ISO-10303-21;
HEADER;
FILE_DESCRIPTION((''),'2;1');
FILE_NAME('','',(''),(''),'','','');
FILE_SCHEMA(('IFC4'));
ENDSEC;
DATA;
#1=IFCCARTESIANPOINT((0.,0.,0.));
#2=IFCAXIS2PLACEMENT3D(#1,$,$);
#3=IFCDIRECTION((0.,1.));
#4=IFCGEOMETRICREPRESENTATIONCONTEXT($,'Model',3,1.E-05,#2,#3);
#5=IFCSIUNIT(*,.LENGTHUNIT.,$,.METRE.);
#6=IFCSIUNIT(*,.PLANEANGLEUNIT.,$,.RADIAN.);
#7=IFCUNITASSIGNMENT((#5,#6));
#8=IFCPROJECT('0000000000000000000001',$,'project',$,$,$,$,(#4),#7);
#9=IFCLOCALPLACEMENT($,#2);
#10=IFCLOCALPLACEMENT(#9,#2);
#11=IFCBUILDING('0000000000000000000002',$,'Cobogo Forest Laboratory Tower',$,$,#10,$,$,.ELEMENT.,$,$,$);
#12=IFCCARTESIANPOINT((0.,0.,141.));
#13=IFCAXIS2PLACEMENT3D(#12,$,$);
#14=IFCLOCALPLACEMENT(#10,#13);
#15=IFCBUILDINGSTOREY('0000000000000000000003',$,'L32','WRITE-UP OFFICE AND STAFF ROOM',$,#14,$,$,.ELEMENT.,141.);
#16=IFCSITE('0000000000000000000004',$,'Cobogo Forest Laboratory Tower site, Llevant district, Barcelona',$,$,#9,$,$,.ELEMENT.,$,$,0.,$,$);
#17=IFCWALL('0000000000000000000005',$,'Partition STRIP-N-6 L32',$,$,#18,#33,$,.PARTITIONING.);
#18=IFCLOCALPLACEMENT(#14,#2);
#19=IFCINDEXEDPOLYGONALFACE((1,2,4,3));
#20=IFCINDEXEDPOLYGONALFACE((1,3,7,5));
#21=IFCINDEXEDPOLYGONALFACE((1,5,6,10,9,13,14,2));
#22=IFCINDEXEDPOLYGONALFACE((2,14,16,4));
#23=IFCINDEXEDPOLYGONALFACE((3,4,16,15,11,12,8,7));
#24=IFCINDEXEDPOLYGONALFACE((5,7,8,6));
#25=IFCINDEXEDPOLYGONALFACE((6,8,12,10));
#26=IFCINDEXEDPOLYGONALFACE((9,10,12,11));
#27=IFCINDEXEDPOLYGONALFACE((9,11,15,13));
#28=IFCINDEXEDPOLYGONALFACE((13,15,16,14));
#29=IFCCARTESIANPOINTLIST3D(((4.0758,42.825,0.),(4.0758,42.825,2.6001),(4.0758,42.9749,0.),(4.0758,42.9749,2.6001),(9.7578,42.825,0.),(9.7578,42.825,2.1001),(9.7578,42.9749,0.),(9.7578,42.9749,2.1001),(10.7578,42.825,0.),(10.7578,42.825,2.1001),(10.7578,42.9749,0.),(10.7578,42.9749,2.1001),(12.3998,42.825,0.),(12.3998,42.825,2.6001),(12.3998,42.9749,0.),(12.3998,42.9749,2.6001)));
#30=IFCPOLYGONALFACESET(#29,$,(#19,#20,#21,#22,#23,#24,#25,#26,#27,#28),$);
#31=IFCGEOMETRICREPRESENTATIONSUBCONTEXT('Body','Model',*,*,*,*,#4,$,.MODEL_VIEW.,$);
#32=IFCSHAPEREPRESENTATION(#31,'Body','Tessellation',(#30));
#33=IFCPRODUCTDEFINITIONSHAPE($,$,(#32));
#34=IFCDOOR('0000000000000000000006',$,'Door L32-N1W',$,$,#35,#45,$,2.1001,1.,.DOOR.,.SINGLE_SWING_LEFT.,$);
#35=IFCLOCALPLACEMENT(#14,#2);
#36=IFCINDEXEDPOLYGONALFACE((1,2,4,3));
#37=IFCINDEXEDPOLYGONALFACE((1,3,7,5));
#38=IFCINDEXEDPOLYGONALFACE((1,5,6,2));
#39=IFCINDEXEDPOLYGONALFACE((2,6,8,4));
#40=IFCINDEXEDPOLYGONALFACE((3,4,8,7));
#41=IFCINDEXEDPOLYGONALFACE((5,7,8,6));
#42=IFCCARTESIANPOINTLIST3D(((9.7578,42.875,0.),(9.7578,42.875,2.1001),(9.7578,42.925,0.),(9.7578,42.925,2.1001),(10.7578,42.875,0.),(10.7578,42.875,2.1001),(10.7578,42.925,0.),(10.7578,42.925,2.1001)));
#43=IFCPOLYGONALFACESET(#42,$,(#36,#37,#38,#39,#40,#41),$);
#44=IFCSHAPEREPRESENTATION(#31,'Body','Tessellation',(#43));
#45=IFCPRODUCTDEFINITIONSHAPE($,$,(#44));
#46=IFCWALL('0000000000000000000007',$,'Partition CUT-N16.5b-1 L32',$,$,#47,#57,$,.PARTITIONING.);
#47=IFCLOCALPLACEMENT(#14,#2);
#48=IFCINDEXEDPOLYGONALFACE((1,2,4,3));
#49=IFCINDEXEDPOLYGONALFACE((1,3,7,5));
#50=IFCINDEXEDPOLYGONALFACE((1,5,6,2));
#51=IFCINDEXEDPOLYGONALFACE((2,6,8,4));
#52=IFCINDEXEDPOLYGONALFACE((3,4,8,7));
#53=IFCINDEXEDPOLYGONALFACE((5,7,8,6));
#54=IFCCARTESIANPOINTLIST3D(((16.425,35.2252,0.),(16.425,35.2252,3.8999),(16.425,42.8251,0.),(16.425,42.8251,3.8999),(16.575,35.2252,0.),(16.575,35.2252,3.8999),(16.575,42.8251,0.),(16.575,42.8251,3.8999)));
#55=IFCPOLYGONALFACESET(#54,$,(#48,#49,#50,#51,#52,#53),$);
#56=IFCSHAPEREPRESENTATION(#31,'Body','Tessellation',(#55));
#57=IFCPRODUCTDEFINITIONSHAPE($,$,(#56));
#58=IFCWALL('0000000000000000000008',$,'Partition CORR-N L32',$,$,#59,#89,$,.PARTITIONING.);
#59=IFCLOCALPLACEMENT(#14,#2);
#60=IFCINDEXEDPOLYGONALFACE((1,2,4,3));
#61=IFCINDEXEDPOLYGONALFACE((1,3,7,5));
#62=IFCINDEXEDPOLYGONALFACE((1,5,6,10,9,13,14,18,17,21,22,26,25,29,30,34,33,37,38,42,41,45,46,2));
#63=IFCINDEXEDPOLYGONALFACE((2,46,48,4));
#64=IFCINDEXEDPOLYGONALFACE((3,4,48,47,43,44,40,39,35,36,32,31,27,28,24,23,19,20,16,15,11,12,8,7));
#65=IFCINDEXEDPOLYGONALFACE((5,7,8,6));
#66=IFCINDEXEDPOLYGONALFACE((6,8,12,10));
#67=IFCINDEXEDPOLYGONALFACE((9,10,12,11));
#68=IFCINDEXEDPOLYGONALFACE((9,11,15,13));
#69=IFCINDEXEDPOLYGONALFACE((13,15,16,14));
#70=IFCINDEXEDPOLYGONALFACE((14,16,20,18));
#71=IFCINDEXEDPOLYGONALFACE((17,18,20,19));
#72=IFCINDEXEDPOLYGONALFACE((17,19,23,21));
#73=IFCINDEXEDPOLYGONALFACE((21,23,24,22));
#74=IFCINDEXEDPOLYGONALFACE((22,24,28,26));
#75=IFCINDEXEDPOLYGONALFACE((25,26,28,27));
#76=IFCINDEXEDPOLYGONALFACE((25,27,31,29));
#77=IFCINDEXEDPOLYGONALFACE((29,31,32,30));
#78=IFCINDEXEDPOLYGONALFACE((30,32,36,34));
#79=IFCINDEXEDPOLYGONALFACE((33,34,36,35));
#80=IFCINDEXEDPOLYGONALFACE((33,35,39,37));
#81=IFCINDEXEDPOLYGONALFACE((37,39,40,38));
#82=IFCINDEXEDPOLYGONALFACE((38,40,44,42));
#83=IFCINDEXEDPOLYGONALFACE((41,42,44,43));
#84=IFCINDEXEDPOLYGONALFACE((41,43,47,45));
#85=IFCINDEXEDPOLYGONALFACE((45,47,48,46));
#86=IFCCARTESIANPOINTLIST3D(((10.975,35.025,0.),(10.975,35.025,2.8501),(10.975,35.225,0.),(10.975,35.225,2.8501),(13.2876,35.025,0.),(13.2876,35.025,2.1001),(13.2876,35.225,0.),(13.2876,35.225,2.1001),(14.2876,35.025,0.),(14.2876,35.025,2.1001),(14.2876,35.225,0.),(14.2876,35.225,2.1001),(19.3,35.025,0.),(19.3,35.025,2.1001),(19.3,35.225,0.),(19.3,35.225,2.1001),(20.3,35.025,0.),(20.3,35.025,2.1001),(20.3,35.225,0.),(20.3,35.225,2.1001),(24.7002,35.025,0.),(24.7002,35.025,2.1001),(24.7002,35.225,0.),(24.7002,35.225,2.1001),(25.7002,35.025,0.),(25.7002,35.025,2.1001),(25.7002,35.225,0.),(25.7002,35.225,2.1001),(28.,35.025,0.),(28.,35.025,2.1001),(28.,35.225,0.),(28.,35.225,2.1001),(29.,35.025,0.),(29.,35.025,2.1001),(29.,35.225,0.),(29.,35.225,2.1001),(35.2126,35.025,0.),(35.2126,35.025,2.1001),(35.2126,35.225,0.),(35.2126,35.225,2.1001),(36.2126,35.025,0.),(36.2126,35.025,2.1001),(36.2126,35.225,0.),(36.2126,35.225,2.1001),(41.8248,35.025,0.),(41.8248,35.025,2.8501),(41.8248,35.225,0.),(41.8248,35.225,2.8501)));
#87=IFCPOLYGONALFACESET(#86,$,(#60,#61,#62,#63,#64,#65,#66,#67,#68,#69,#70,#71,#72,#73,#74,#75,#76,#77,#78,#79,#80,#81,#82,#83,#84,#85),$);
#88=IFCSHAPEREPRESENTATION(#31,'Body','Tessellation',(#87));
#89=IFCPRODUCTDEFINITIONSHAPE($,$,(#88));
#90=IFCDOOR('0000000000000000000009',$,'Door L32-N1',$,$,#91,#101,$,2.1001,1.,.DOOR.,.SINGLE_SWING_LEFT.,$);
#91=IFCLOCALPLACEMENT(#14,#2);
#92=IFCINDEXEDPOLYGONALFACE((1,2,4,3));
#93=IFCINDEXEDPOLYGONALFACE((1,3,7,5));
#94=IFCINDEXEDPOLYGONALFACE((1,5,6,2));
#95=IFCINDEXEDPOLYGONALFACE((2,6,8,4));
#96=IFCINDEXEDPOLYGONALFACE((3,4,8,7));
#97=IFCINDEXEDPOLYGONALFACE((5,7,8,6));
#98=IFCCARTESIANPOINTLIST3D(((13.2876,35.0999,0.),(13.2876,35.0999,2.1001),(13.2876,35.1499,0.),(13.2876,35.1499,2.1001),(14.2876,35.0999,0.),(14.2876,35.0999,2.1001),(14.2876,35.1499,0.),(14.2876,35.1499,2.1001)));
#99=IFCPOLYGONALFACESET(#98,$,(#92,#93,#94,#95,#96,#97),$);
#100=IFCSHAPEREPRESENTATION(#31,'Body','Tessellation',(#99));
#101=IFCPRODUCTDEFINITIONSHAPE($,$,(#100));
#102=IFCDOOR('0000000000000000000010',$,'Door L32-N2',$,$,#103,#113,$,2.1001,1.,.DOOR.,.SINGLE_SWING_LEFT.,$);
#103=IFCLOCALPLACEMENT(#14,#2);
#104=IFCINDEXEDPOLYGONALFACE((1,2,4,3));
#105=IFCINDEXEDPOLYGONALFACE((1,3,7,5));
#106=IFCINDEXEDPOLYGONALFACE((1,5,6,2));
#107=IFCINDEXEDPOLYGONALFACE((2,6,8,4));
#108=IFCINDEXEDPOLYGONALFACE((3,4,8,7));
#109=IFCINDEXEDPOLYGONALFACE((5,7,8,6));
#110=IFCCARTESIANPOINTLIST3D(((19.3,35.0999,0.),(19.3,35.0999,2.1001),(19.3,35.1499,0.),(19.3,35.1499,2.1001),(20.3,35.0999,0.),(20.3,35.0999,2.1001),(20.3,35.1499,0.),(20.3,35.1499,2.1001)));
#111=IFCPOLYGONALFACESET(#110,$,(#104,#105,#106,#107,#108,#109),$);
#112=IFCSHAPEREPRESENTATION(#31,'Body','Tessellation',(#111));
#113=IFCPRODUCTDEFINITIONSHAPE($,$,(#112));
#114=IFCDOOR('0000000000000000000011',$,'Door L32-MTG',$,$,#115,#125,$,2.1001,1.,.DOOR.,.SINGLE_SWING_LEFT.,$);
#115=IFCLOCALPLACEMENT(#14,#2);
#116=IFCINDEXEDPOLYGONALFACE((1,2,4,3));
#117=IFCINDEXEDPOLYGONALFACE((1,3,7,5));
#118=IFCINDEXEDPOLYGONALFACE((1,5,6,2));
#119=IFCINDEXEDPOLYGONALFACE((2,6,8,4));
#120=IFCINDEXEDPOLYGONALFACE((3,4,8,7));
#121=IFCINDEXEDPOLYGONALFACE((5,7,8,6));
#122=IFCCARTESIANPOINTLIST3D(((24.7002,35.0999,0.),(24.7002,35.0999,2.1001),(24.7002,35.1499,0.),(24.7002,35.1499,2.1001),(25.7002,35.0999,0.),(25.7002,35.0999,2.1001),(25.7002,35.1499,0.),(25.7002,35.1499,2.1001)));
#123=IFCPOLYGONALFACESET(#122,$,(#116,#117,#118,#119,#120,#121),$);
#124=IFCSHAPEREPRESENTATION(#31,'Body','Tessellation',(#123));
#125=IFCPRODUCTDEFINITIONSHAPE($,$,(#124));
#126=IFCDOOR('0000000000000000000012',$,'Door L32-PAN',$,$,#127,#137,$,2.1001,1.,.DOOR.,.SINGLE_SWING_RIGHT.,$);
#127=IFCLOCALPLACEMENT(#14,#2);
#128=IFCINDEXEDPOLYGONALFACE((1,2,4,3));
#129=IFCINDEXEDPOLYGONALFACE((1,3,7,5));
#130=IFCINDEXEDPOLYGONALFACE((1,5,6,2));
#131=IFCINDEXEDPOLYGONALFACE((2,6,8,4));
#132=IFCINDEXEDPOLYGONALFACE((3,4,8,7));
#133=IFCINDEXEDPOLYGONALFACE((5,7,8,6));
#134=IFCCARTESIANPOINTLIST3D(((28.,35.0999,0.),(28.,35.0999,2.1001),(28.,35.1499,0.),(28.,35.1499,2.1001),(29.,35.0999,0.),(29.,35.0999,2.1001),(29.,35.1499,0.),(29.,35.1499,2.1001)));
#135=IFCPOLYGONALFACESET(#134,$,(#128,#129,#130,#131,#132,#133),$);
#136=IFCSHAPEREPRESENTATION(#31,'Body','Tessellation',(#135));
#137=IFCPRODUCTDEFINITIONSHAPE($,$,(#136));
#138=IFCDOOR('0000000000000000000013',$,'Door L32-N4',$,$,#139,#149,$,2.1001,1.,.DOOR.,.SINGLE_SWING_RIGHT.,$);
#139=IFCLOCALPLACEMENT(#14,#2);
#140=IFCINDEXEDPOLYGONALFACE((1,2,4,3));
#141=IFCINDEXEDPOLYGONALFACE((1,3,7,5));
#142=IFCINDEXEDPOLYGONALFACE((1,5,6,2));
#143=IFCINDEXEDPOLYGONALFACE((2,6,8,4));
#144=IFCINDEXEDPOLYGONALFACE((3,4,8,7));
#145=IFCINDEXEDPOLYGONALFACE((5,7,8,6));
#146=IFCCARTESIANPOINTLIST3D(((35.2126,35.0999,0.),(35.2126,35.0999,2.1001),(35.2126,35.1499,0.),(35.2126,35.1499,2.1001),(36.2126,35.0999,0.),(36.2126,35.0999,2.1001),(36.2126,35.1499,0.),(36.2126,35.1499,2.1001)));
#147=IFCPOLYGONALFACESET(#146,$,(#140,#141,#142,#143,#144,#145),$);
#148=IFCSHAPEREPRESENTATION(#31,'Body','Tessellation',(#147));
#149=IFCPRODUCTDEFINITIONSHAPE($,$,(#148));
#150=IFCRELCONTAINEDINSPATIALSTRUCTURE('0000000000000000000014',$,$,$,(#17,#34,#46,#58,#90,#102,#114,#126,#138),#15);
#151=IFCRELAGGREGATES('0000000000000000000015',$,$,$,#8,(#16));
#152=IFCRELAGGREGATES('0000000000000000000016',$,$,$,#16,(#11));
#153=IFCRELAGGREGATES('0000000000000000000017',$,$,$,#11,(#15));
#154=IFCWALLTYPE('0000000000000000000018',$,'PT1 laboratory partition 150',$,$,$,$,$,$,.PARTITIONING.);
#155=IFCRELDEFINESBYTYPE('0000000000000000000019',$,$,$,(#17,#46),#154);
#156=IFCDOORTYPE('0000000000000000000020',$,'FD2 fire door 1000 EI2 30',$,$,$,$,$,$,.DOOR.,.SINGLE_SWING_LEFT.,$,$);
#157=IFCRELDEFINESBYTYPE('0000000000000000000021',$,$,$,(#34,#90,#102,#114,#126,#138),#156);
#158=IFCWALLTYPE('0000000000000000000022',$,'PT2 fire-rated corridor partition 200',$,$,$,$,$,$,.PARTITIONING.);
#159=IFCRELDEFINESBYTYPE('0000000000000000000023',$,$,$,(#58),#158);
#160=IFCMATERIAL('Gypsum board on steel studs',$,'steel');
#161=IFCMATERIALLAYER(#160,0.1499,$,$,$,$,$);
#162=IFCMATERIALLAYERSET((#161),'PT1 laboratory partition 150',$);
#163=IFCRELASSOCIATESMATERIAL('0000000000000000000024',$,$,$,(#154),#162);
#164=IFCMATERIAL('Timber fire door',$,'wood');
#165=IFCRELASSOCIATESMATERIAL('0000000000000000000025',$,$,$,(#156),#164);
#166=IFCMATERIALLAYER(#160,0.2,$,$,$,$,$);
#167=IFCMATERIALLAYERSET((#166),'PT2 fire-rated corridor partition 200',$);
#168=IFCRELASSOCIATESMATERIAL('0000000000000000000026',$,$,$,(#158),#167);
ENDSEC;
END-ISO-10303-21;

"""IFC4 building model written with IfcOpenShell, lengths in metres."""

from ifc_helpers import new_model, si_unit, direction, frame, frame_2d, origin, place, context, subcontext, project, spatial, rectangle, extrude, material, layer, layer_set, type_object, element, fill, save


model = new_model("IFC4")

# Units and contexts
model_context = context("Model", 3, precision=1e-05, world=origin(), true_north=direction((0.0, 1.0)))
body_context = subcontext(model_context, "Body", "Model", "MODEL_VIEW")
ifc_project = project(units=[si_unit("LENGTHUNIT", "METRE"), si_unit("PLANEANGLEUNIT", "RADIAN")], contexts=[model_context])

# Site, building, storey
site_placement = place(None, origin())
site = spatial("IfcSite", under=ifc_project, at=site_placement, Name="Cobogo Forest Laboratory Tower site, Llevant district, Barcelona", CompositionType="ELEMENT", RefElevation=0.0)
building_placement = place(site_placement, origin())
building = spatial("IfcBuilding", under=site, at=building_placement, Name="Cobogo Forest Laboratory Tower", CompositionType="ELEMENT")
storey_placement = place(building_placement, frame((0.0, 0.0, 141.0)))
storey = spatial("IfcBuildingStorey", under=building, at=storey_placement, Name="L32", Description="WRITE-UP OFFICE AND STAFF ROOM", CompositionType="ELEMENT", Elevation=141.0)

# Shared definitions
ifc_material_1 = material(Name="Gypsum board on steel studs", Category="steel")
ifc_layer_1 = layer(ifc_material_1, 0.1499)
ifc_layer_set_1 = layer_set([ifc_layer_1], Name="PT1 laboratory partition 150")
wall_type_1 = type_object("IfcWallType", Name="PT1 laboratory partition 150", PredefinedType="PARTITIONING", material=ifc_layer_set_1)

# Wall, opening, door
wall_1_placement = place(storey_placement, frame((12.3999, 42.8999, 0.0), z_axis=(0.0, 0.0, 1.0), x_axis=(-1.0, 0.0, 0.0)))
wall_1 = element("IfcWall", 1, at=wall_1_placement, inside=storey, type_object=wall_type_1, Name="Partition STRIP-N-6 L32", PredefinedType="PARTITIONING", context=body_context, shape_type="SweptSolid", body=[
    extrude(rectangle(XDim=8.324, YDim=0.1499, at=frame_2d((4.1621, 0.0))), origin(), (0.0, 0.0, 1.0), 2.6001),
])
opening_1_placement = place(wall_1_placement, frame((1.6421, 0.0, 0.0)))
opening_1 = element("IfcOpeningElement", 2, at=opening_1_placement, cuts=wall_1, PredefinedType="OPENING", context=body_context, shape_type="SweptSolid", body=[
    extrude(rectangle(XDim=1.0, YDim=2.1001, at=frame_2d((0.5, 1.05))), frame((0.0, 0.085, 0.0), z_axis=(0.0, -1.0, 0.0), x_axis=(1.0, 0.0, 0.0)), (0.0, 0.0, 1.0), 0.1699),
])
ifc_material_2 = material(Name="Timber fire door", Category="wood")
door_type = type_object("IfcDoorType", Name="FD2 fire door 1000 EI2 30", OperationType="SINGLE_SWING_LEFT", PredefinedType="DOOR", material=ifc_material_2)
door_1_placement = place(opening_1_placement, origin())
door_1 = element("IfcDoor", 3, at=door_1_placement, inside=storey, type_object=door_type, Name="Door L32-N1W", OperationType="SINGLE_SWING_LEFT", OverallHeight=2.1001, OverallWidth=1.0, PredefinedType="DOOR", context=body_context, shape_type="SweptSolid", body=[
    extrude(rectangle(XDim=1.0, YDim=2.1001, at=frame_2d((0.5, 1.05))), frame((0.0, 0.0249, 0.0), z_axis=(0.0, -1.0, 0.0), x_axis=(1.0, 0.0, 0.0)), (0.0, 0.0, 1.0), 0.05),
])
fill(opening_1, door_1)

# Wall
wall_2_placement = place(storey_placement, frame((16.5, 42.825, 0.0), z_axis=(0.0, 0.0, 1.0), x_axis=(0.0, -1.0, 0.0)))
element("IfcWall", 4, at=wall_2_placement, inside=storey, type_object=wall_type_1, Name="Partition CUT-N16.5b-1 L32", PredefinedType="PARTITIONING", context=body_context, shape_type="SweptSolid", body=[
    extrude(rectangle(XDim=7.5999, YDim=0.1499, at=frame_2d((3.7998, 0.0))), origin(), (0.0, 0.0, 1.0), 3.8999),
])

# Wall, openings, doors
ifc_layer_2 = layer(ifc_material_1, 0.2)
ifc_layer_set_2 = layer_set([ifc_layer_2], Name="PT2 fire-rated corridor partition 200")
wall_type_2 = type_object("IfcWallType", Name="PT2 fire-rated corridor partition 200", PredefinedType="PARTITIONING", material=ifc_layer_set_2)
wall_3_placement = place(storey_placement, frame((10.9751, 35.125, 0.0), z_axis=(0.0, 0.0, 1.0), x_axis=(1.0, 0.0, 0.0)))
wall_3 = element("IfcWall", 5, at=wall_3_placement, inside=storey, type_object=wall_type_2, Name="Partition CORR-N L32", PredefinedType="PARTITIONING", context=body_context, shape_type="SweptSolid", body=[
    extrude(rectangle(XDim=30.8499, YDim=0.2, at=frame_2d((15.4248, 0.0))), origin(), (0.0, 0.0, 1.0), 2.8501),
])
opening_2_placement = place(wall_3_placement, frame((2.3125, 0.0, 0.0)))
opening_2 = element("IfcOpeningElement", 6, at=opening_2_placement, cuts=wall_3, PredefinedType="OPENING", context=body_context, shape_type="SweptSolid", body=[
    extrude(rectangle(XDim=1.0, YDim=2.1001, at=frame_2d((0.5, 1.05))), frame((0.0, 0.1099, 0.0), z_axis=(0.0, -1.0, 0.0), x_axis=(1.0, 0.0, 0.0)), (0.0, 0.0, 1.0), 0.22),
])
opening_3_placement = place(wall_3_placement, frame((8.325, 0.0, 0.0)))
opening_3 = element("IfcOpeningElement", 7, at=opening_3_placement, cuts=wall_3, PredefinedType="OPENING", context=body_context, shape_type="SweptSolid", body=[
    extrude(rectangle(XDim=1.0, YDim=2.1001, at=frame_2d((0.5, 1.05))), frame((0.0, 0.1099, 0.0), z_axis=(0.0, -1.0, 0.0), x_axis=(1.0, 0.0, 0.0)), (0.0, 0.0, 1.0), 0.22),
])
opening_4_placement = place(wall_3_placement, frame((13.7251, 0.0, 0.0)))
opening_4 = element("IfcOpeningElement", 8, at=opening_4_placement, cuts=wall_3, PredefinedType="OPENING", context=body_context, shape_type="SweptSolid", body=[
    extrude(rectangle(XDim=1.0, YDim=2.1001, at=frame_2d((0.5, 1.05))), frame((0.0, 0.1099, 0.0), z_axis=(0.0, -1.0, 0.0), x_axis=(1.0, 0.0, 0.0)), (0.0, 0.0, 1.0), 0.22),
])
opening_5_placement = place(wall_3_placement, frame((17.0249, 0.0, 0.0)))
opening_5 = element("IfcOpeningElement", 9, at=opening_5_placement, cuts=wall_3, PredefinedType="OPENING", context=body_context, shape_type="SweptSolid", body=[
    extrude(rectangle(XDim=1.0, YDim=2.1001, at=frame_2d((0.5, 1.05))), frame((0.0, 0.1099, 0.0), z_axis=(0.0, -1.0, 0.0), x_axis=(1.0, 0.0, 0.0)), (0.0, 0.0, 1.0), 0.22),
])
opening_6_placement = place(wall_3_placement, frame((24.2375, 0.0, 0.0)))
opening_6 = element("IfcOpeningElement", 10, at=opening_6_placement, cuts=wall_3, PredefinedType="OPENING", context=body_context, shape_type="SweptSolid", body=[
    extrude(rectangle(XDim=1.0, YDim=2.1001, at=frame_2d((0.5, 1.05))), frame((0.0, 0.1099, 0.0), z_axis=(0.0, -1.0, 0.0), x_axis=(1.0, 0.0, 0.0)), (0.0, 0.0, 1.0), 0.22),
])
door_2_placement = place(opening_2_placement, origin())
door_2 = element("IfcDoor", 11, at=door_2_placement, inside=storey, type_object=door_type, Name="Door L32-N1", OperationType="SINGLE_SWING_LEFT", OverallHeight=2.1001, OverallWidth=1.0, PredefinedType="DOOR", context=body_context, shape_type="SweptSolid", body=[
    extrude(rectangle(XDim=1.0, YDim=2.1001, at=frame_2d((0.5, 1.05))), frame((0.0, 0.0249, 0.0), z_axis=(0.0, -1.0, 0.0), x_axis=(1.0, 0.0, 0.0)), (0.0, 0.0, 1.0), 0.05),
])
fill(opening_2, door_2)
door_3_placement = place(opening_3_placement, origin())
door_3 = element("IfcDoor", 12, at=door_3_placement, inside=storey, type_object=door_type, Name="Door L32-N2", OperationType="SINGLE_SWING_LEFT", OverallHeight=2.1001, OverallWidth=1.0, PredefinedType="DOOR", context=body_context, shape_type="SweptSolid", body=[
    extrude(rectangle(XDim=1.0, YDim=2.1001, at=frame_2d((0.5, 1.05))), frame((0.0, 0.0249, 0.0), z_axis=(0.0, -1.0, 0.0), x_axis=(1.0, 0.0, 0.0)), (0.0, 0.0, 1.0), 0.05),
])
fill(opening_3, door_3)
door_4_placement = place(opening_4_placement, origin())
door_4 = element("IfcDoor", 13, at=door_4_placement, inside=storey, type_object=door_type, Name="Door L32-MTG", OperationType="SINGLE_SWING_LEFT", OverallHeight=2.1001, OverallWidth=1.0, PredefinedType="DOOR", context=body_context, shape_type="SweptSolid", body=[
    extrude(rectangle(XDim=1.0, YDim=2.1001, at=frame_2d((0.5, 1.05))), frame((0.0, 0.0249, 0.0), z_axis=(0.0, -1.0, 0.0), x_axis=(1.0, 0.0, 0.0)), (0.0, 0.0, 1.0), 0.05),
])
fill(opening_4, door_4)
door_5_placement = place(opening_5_placement, origin())
door_5 = element("IfcDoor", 14, at=door_5_placement, inside=storey, type_object=door_type, Name="Door L32-PAN", OperationType="SINGLE_SWING_RIGHT", OverallHeight=2.1001, OverallWidth=1.0, PredefinedType="DOOR", context=body_context, shape_type="SweptSolid", body=[
    extrude(rectangle(XDim=1.0, YDim=2.1001, at=frame_2d((0.5, 1.05))), frame((0.0, 0.0249, 0.0), z_axis=(0.0, -1.0, 0.0), x_axis=(1.0, 0.0, 0.0)), (0.0, 0.0, 1.0), 0.05),
])
fill(opening_5, door_5)
door_6_placement = place(opening_6_placement, origin())
door_6 = element("IfcDoor", 15, at=door_6_placement, inside=storey, type_object=door_type, Name="Door L32-N4", OperationType="SINGLE_SWING_RIGHT", OverallHeight=2.1001, OverallWidth=1.0, PredefinedType="DOOR", context=body_context, shape_type="SweptSolid", body=[
    extrude(rectangle(XDim=1.0, YDim=2.1001, at=frame_2d((0.5, 1.05))), frame((0.0, 0.0249, 0.0), z_axis=(0.0, -1.0, 0.0), x_axis=(1.0, 0.0, 0.0)), (0.0, 0.0, 1.0), 0.05),
])
fill(opening_6, door_6)

save(model, "model.ifc")
